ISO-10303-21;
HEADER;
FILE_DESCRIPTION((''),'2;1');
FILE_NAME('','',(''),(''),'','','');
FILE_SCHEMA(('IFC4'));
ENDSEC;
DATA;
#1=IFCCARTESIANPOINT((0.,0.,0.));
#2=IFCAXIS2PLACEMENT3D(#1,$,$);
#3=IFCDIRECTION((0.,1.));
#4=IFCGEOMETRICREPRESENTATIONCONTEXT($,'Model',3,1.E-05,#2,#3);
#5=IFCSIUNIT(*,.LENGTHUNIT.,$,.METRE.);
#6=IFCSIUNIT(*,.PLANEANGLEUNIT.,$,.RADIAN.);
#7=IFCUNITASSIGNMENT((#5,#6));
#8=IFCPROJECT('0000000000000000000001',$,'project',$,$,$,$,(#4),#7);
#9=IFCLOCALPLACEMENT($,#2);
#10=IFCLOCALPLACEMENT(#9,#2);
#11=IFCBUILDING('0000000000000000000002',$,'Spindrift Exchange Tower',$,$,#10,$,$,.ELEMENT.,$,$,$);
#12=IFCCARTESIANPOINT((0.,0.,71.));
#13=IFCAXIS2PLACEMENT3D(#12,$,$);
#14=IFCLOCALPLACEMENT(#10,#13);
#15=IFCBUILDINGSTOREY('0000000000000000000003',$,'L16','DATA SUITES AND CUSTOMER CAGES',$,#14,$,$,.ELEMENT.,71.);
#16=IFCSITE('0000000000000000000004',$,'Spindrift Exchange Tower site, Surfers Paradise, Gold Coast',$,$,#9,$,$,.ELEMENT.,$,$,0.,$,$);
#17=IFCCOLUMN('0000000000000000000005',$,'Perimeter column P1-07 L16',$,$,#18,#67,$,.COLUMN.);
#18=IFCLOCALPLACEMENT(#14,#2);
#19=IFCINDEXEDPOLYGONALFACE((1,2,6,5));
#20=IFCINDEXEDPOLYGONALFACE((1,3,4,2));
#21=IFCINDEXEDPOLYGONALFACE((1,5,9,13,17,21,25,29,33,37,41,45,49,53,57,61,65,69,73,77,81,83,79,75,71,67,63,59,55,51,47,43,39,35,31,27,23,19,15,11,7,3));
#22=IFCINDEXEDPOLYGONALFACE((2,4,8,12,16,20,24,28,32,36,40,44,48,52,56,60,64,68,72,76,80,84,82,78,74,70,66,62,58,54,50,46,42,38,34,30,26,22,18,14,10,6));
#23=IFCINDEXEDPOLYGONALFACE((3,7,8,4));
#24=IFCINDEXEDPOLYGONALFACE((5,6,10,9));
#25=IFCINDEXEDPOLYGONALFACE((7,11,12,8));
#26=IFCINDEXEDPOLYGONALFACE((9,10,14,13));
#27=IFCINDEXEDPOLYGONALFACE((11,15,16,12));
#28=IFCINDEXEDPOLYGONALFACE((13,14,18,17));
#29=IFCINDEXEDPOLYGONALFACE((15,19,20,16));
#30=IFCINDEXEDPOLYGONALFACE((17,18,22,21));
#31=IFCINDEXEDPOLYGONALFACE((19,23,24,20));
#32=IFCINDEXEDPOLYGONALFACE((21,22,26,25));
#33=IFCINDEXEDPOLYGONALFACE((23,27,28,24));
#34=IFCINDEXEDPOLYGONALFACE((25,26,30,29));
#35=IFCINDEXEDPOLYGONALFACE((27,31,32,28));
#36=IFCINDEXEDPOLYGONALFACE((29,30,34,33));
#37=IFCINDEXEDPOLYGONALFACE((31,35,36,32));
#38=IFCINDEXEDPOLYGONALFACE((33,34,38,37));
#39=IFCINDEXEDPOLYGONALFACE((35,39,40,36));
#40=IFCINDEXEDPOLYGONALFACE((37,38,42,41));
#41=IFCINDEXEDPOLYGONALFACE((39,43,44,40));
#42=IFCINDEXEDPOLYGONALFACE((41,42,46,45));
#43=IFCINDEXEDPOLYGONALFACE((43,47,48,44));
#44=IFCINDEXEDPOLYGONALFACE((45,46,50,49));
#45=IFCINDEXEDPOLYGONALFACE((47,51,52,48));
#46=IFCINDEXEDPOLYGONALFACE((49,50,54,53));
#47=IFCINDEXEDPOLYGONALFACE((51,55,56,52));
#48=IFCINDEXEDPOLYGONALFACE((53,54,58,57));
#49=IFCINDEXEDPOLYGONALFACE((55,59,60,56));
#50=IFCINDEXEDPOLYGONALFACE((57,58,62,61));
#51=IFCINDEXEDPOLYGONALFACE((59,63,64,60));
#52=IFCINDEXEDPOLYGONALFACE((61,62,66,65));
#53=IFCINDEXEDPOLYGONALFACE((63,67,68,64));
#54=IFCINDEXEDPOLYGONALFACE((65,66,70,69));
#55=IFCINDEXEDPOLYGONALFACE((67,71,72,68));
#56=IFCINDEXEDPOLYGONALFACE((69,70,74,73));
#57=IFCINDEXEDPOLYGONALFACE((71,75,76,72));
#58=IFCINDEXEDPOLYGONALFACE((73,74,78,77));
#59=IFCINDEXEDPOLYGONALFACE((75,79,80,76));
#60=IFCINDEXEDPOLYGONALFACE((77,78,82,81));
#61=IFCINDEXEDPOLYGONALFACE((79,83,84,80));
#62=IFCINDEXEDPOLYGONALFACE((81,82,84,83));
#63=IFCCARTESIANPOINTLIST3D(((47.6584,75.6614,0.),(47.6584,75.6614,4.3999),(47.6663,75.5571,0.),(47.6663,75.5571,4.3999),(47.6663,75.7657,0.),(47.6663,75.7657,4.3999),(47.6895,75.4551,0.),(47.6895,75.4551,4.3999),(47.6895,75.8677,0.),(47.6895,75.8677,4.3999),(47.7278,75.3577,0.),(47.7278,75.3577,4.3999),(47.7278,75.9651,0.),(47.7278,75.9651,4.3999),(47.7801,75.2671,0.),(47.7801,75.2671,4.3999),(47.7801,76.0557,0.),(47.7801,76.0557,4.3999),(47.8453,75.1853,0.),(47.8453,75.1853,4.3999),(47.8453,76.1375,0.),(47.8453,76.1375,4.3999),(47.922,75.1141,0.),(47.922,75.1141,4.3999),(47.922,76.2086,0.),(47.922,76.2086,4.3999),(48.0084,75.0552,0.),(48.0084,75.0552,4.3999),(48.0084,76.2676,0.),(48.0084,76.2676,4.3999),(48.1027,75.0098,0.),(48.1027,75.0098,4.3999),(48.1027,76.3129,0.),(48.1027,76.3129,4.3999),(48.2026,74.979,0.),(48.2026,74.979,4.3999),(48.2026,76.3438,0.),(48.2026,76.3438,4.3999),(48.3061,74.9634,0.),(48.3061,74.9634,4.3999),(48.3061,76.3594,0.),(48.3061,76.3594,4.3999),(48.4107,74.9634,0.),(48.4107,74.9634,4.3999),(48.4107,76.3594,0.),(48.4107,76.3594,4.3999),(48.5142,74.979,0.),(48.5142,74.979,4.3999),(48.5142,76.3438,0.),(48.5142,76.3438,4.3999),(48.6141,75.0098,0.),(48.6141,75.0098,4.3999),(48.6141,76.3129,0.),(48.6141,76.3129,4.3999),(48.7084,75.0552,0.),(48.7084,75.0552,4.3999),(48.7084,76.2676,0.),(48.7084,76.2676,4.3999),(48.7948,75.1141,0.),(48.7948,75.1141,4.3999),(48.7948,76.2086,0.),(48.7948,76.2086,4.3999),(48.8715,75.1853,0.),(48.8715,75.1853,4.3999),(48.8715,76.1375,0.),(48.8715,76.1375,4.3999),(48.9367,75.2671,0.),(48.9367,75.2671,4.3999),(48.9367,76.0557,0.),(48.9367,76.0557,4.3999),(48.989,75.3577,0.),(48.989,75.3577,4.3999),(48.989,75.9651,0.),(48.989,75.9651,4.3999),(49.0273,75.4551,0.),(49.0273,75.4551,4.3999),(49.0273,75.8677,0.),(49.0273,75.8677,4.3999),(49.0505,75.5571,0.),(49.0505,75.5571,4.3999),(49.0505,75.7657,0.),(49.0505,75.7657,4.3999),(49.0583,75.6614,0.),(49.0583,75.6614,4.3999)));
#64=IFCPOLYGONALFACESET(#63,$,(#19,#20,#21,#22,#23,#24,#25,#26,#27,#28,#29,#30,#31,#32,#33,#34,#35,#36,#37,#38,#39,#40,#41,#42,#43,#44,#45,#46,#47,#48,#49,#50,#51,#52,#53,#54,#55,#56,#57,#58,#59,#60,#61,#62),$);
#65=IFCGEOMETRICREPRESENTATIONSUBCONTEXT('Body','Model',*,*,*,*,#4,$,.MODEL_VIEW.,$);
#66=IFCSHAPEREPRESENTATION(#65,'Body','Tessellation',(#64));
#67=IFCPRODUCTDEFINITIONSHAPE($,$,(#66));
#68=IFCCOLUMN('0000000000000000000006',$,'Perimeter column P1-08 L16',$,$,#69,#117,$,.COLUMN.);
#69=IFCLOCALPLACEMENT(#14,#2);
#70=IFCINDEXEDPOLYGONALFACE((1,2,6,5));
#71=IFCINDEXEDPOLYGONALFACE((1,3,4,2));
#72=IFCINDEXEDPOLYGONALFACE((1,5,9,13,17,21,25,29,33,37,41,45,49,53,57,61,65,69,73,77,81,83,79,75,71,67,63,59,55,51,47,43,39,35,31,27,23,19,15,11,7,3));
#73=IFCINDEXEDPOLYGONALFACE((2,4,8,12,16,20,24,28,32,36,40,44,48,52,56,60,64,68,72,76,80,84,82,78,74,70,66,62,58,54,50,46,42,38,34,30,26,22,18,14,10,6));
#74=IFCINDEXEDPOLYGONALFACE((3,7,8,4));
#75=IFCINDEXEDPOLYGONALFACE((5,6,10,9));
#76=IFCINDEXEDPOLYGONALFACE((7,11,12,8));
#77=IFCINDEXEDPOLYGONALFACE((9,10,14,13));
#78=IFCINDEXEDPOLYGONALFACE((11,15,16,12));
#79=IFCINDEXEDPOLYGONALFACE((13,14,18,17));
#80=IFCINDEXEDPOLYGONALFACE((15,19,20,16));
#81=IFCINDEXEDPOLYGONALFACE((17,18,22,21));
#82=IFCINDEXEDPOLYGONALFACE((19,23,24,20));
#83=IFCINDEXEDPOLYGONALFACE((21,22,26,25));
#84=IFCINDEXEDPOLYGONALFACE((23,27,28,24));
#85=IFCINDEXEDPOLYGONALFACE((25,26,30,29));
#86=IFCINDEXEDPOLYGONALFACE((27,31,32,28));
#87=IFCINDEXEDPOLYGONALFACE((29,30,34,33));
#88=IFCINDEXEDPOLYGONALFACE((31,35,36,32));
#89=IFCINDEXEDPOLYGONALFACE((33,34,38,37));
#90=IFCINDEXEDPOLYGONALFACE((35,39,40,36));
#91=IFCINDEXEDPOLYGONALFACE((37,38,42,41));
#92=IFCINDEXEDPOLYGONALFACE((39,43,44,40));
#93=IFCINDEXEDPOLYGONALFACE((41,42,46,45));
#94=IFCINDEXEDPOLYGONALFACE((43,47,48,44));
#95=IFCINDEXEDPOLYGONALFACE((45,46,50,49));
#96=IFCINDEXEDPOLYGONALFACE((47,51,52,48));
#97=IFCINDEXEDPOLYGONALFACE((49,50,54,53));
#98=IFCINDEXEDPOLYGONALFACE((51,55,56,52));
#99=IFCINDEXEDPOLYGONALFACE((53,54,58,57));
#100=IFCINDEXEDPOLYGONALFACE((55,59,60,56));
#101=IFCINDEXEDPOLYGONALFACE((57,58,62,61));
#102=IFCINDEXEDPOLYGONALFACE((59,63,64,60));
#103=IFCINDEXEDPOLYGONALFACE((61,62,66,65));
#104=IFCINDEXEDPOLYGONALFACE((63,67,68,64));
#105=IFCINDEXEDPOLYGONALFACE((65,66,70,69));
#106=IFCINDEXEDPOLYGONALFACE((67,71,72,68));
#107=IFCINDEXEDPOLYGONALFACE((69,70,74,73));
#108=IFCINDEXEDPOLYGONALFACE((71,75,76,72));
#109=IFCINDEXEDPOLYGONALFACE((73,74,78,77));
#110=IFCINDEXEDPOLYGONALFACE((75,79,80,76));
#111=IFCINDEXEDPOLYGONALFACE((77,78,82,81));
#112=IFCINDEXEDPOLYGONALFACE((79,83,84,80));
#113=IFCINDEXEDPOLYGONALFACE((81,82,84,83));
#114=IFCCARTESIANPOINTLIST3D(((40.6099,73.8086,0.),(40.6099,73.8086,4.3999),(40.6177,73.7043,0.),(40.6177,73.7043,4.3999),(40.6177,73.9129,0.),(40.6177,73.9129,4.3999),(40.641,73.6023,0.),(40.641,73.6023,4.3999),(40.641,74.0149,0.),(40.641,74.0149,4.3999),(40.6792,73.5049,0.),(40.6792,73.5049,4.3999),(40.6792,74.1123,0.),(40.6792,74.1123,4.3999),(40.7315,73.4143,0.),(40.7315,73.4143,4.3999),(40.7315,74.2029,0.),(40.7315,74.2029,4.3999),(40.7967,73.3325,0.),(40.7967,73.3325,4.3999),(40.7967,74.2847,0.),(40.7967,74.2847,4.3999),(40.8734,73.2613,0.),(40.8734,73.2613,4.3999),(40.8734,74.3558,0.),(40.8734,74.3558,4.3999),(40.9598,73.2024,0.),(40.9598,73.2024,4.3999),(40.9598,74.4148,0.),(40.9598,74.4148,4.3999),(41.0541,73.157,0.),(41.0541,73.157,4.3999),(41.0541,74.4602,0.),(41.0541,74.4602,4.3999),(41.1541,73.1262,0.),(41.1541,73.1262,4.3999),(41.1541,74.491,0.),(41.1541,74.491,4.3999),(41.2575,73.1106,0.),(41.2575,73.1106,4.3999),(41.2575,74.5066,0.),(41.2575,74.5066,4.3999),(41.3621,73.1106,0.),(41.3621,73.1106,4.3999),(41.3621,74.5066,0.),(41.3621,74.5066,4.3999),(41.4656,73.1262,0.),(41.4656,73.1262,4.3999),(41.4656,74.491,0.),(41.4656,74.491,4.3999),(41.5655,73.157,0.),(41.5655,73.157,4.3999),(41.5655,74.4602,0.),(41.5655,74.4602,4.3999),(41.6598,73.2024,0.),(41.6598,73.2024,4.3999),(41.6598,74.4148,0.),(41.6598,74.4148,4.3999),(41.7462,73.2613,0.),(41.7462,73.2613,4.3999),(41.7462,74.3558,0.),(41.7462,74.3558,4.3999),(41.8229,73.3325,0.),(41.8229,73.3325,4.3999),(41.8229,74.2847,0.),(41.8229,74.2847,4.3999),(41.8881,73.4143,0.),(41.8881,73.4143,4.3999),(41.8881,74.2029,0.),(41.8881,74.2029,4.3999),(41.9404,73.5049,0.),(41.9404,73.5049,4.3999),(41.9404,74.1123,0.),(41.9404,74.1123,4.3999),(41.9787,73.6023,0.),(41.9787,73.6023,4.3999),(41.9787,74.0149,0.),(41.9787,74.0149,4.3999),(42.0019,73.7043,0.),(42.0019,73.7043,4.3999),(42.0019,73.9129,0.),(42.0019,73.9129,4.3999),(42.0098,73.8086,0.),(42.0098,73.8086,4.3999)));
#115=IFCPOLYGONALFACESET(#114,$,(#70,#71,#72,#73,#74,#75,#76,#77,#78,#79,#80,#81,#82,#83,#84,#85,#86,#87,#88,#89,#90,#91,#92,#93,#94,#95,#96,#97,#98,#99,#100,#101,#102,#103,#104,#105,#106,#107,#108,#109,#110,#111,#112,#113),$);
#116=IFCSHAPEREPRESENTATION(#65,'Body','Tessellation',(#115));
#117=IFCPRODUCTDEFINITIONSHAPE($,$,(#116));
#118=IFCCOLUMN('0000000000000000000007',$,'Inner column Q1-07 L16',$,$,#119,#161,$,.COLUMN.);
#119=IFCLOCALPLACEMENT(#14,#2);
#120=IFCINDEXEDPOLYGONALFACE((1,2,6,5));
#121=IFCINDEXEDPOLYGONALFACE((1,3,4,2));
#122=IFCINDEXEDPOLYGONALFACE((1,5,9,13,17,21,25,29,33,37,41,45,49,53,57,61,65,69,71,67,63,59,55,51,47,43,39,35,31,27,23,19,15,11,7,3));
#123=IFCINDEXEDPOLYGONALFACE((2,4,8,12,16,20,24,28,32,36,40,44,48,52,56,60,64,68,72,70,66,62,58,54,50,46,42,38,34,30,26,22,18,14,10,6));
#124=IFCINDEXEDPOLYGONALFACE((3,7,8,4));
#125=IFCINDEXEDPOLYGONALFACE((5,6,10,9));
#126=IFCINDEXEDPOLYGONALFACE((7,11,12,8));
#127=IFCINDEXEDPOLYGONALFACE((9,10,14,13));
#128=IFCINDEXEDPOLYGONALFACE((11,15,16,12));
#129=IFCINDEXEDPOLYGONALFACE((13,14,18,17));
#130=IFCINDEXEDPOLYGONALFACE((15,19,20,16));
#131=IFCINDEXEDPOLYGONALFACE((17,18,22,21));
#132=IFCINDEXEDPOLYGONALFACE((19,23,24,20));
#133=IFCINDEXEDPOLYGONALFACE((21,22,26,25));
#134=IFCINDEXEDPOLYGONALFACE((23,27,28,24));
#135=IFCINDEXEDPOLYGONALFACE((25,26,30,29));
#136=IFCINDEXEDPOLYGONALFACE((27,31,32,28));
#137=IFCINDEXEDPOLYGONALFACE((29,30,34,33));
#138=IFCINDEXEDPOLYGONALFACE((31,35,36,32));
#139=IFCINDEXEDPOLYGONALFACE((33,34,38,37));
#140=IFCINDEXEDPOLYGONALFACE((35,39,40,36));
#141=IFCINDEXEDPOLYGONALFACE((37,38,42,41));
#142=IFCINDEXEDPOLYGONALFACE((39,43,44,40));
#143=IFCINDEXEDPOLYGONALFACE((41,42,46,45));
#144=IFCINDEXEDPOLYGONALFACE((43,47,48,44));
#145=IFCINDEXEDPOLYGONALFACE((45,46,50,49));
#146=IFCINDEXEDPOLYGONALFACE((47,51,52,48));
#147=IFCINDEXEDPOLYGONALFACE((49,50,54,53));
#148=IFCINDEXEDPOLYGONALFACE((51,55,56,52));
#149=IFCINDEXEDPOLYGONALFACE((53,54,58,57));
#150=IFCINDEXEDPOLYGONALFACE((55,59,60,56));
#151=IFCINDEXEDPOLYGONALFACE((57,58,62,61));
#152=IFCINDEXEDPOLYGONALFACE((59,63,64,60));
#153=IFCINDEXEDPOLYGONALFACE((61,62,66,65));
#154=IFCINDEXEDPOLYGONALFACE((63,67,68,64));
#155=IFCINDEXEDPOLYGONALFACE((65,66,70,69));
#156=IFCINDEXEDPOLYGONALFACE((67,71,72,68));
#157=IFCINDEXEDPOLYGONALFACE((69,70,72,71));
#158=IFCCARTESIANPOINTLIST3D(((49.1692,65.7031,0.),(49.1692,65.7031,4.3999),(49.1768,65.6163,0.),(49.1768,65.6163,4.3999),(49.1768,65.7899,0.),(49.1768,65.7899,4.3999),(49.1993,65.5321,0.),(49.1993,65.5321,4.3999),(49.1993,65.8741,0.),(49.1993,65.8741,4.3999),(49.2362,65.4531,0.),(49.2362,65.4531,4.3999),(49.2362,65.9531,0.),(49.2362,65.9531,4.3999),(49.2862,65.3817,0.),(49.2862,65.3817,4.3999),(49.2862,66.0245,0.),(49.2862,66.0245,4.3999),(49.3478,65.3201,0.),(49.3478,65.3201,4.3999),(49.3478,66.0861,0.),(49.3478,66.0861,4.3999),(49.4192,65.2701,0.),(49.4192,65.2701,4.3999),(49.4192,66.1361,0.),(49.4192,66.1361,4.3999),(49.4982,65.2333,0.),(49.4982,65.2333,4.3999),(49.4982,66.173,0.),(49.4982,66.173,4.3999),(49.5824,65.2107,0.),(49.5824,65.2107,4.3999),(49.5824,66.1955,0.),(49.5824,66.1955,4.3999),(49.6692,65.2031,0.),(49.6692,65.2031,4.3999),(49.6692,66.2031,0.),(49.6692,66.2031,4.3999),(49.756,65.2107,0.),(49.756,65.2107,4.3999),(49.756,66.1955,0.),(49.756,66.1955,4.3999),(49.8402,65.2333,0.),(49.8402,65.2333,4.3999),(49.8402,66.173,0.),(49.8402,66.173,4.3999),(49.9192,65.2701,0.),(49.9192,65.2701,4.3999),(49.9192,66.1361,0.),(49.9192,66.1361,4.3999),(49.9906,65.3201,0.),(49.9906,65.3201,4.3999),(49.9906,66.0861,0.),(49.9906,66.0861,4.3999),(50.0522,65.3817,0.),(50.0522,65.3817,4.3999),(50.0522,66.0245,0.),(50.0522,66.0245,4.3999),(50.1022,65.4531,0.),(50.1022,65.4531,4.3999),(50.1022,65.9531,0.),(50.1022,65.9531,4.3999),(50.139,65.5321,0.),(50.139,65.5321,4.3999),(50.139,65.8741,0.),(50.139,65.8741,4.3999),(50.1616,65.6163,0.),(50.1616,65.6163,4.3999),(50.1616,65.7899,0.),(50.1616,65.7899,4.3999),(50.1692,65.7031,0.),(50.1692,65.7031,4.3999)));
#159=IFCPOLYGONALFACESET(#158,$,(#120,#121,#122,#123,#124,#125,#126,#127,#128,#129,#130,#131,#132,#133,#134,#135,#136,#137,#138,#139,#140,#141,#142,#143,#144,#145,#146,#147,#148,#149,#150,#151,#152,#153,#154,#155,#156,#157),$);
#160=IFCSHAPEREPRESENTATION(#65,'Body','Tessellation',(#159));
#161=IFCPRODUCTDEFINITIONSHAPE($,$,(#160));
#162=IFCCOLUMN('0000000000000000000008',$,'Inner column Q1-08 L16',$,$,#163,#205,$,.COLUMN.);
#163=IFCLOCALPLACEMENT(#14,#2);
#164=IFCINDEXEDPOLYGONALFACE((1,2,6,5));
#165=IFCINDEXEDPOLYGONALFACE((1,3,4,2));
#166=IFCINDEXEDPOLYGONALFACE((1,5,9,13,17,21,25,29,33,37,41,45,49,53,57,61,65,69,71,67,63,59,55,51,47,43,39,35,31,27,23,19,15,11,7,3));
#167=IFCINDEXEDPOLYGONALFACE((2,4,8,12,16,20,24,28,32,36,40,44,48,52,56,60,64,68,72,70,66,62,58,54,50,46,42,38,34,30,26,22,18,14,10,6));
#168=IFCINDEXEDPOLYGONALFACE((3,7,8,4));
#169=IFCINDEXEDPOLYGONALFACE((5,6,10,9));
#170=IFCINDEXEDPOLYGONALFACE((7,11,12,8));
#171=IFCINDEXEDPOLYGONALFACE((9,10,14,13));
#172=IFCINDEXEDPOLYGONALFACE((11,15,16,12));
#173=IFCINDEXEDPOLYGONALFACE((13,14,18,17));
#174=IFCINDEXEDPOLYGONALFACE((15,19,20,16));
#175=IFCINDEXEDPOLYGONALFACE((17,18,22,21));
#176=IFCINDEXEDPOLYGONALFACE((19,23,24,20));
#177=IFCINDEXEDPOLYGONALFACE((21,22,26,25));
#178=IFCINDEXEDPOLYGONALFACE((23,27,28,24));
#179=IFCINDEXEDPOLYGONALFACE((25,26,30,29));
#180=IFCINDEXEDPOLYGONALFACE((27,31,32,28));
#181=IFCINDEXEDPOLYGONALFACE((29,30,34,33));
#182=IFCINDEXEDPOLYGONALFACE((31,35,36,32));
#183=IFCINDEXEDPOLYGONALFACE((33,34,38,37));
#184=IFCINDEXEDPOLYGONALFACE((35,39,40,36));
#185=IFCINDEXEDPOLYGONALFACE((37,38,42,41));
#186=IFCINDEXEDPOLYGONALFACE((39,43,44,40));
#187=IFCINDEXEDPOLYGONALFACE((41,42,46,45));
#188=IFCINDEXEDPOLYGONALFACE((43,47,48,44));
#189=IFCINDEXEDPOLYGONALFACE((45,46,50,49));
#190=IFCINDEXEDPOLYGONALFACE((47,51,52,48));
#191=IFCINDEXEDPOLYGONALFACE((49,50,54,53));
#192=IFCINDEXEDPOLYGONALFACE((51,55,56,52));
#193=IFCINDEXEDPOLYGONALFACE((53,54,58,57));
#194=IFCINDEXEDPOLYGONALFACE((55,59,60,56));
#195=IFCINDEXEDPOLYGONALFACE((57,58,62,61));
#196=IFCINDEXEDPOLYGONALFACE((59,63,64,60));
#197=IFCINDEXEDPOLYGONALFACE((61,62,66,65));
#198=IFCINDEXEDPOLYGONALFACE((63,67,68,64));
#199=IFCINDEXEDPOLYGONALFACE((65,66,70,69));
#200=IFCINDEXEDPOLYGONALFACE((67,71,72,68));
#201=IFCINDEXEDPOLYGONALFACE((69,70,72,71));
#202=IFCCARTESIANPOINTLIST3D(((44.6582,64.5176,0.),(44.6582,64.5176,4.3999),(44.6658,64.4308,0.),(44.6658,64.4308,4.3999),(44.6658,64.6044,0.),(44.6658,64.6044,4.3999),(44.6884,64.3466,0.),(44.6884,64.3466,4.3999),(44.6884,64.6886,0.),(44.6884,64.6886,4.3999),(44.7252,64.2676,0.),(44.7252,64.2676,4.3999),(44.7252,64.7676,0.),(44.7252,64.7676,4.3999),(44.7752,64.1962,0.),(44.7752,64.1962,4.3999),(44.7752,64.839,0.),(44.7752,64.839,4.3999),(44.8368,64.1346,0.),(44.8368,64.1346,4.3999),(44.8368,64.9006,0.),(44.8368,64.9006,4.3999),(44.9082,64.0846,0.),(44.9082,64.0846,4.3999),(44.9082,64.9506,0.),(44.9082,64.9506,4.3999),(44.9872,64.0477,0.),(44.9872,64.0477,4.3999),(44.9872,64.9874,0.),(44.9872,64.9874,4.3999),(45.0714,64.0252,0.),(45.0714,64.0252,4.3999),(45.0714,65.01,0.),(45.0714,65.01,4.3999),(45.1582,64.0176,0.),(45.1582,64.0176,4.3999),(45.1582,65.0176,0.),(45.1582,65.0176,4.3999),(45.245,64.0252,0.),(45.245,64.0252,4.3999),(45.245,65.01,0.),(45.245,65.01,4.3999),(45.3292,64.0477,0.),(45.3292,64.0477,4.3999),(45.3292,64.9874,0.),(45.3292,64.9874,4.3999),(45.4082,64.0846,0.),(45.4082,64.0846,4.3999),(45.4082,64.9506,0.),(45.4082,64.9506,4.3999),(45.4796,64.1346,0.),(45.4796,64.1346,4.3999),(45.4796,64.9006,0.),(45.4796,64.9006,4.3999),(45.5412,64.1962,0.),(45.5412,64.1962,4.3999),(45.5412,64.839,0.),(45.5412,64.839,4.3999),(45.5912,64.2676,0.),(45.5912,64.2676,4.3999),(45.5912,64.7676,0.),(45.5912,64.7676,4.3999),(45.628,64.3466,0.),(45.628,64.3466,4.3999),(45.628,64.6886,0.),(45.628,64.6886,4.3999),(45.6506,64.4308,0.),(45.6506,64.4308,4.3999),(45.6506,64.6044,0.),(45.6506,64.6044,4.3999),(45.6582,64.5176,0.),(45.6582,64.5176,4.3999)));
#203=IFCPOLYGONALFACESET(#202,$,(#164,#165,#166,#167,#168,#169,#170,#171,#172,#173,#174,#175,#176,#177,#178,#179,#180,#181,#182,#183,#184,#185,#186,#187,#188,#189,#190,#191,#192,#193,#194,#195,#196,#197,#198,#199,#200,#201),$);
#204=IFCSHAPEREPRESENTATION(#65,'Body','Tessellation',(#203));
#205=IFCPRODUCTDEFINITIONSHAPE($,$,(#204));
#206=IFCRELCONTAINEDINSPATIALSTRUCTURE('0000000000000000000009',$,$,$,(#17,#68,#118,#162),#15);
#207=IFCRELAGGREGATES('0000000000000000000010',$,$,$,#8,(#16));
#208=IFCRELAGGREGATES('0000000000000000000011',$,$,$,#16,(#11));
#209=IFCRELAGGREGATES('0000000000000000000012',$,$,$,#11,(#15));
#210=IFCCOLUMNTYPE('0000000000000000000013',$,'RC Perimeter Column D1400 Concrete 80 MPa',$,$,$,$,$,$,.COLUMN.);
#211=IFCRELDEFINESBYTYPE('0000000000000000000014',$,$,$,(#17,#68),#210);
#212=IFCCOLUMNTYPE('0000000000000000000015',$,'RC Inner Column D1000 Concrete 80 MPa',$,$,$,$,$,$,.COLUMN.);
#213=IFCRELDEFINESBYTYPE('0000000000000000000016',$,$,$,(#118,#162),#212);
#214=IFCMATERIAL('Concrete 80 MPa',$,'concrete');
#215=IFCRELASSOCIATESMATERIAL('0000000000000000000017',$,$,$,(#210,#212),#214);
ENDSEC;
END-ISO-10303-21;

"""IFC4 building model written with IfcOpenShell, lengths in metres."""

from ifc_helpers import new_model, si_unit, direction, frame, origin, origin_2d, place, context, subcontext, project, spatial, circle, extrude, source, transform, mapped, material, material_profile, profile_set, type_object, element, save


model = new_model("IFC4")

# Units and contexts
model_context = context("Model", 3, precision=1e-05, world=origin(), true_north=direction((0.0, 1.0)))
body_context = subcontext(model_context, "Body", "Model", "MODEL_VIEW")
ifc_project = project(units=[si_unit("LENGTHUNIT", "METRE"), si_unit("PLANEANGLEUNIT", "RADIAN")], contexts=[model_context])

# Site, building, storey
site_placement = place(None, origin())
site = spatial("IfcSite", under=ifc_project, at=site_placement, Name="Spindrift Exchange Tower site, Surfers Paradise, Gold Coast", CompositionType="ELEMENT", RefElevation=0.0)
building_placement = place(site_placement, origin())
building = spatial("IfcBuilding", under=site, at=building_placement, Name="Spindrift Exchange Tower", CompositionType="ELEMENT")
storey_placement = place(building_placement, frame((0.0, 0.0, 71.0)))
storey = spatial("IfcBuildingStorey", under=building, at=storey_placement, Name="L16", Description="DATA SUITES AND CUSTOMER CAGES", CompositionType="ELEMENT", Elevation=71.0)

# Columns
ifc_material_1 = material(Name="Concrete 80 MPa", Category="concrete")
ifc_material_profile_1 = material_profile(ifc_material_1, circle(Radius=0.7, at=origin_2d()), Name="RC D1400")
ifc_profile_set_1 = profile_set([ifc_material_profile_1], Name="Concrete 80 MPa")
column_type_1 = type_object("IfcColumnType", Name="RC Perimeter Column D1400 Concrete 80 MPa", PredefinedType="COLUMN", material=ifc_profile_set_1)
shared_shape_1 = source(origin(), body_context, "Body", "SweptSolid", [
    extrude(circle(Radius=0.7, at=origin_2d()), origin(), (0.0, 0.0, 1.0), 4.3999),
])
for number, where, z_axis, x_axis, name in (
    (1, (48.3584, 75.6614, 0.0), (0.0, 0.0, 1.0), (1.0, 0.0, 0.0), "Perimeter column P1-07 L16"),
    (2, (41.3098, 73.8086, 0.0), (0.0, 0.0, 1.0), (1.0, 0.0, 0.0), "Perimeter column P1-08 L16"),
):
    element("IfcColumn", number, at=place(storey_placement, frame(where, z_axis=z_axis, x_axis=x_axis)), inside=storey, type_object=column_type_1, Name=name, PredefinedType="COLUMN", context=body_context, shape_type="MappedRepresentation", body=[
        mapped(shared_shape_1, transform((0.0, 0.0, 0.0), scale=1.0)),
    ])
ifc_material_profile_2 = material_profile(ifc_material_1, circle(Radius=0.5, at=origin_2d()), Name="RC D1000")
ifc_profile_set_2 = profile_set([ifc_material_profile_2], Name="Concrete 80 MPa")
column_type_2 = type_object("IfcColumnType", Name="RC Inner Column D1000 Concrete 80 MPa", PredefinedType="COLUMN", material=ifc_profile_set_2)
shared_shape_2 = source(origin(), body_context, "Body", "SweptSolid", [
    extrude(circle(Radius=0.5, at=origin_2d()), origin(), (0.0, 0.0, 1.0), 4.3999),
])
for number, where, z_axis, x_axis, name in (
    (3, (49.6692, 65.7031, 0.0), (0.0, 0.0, 1.0), (1.0, 0.0, 0.0), "Inner column Q1-07 L16"),
    (4, (45.1582, 64.5176, 0.0), (0.0, 0.0, 1.0), (1.0, 0.0, 0.0), "Inner column Q1-08 L16"),
):
    element("IfcColumn", number, at=place(storey_placement, frame(where, z_axis=z_axis, x_axis=x_axis)), inside=storey, type_object=column_type_2, Name=name, PredefinedType="COLUMN", context=body_context, shape_type="MappedRepresentation", body=[
        mapped(shared_shape_2, transform((0.0, 0.0, 0.0), scale=1.0)),
    ])

save(model, "model.ifc")
